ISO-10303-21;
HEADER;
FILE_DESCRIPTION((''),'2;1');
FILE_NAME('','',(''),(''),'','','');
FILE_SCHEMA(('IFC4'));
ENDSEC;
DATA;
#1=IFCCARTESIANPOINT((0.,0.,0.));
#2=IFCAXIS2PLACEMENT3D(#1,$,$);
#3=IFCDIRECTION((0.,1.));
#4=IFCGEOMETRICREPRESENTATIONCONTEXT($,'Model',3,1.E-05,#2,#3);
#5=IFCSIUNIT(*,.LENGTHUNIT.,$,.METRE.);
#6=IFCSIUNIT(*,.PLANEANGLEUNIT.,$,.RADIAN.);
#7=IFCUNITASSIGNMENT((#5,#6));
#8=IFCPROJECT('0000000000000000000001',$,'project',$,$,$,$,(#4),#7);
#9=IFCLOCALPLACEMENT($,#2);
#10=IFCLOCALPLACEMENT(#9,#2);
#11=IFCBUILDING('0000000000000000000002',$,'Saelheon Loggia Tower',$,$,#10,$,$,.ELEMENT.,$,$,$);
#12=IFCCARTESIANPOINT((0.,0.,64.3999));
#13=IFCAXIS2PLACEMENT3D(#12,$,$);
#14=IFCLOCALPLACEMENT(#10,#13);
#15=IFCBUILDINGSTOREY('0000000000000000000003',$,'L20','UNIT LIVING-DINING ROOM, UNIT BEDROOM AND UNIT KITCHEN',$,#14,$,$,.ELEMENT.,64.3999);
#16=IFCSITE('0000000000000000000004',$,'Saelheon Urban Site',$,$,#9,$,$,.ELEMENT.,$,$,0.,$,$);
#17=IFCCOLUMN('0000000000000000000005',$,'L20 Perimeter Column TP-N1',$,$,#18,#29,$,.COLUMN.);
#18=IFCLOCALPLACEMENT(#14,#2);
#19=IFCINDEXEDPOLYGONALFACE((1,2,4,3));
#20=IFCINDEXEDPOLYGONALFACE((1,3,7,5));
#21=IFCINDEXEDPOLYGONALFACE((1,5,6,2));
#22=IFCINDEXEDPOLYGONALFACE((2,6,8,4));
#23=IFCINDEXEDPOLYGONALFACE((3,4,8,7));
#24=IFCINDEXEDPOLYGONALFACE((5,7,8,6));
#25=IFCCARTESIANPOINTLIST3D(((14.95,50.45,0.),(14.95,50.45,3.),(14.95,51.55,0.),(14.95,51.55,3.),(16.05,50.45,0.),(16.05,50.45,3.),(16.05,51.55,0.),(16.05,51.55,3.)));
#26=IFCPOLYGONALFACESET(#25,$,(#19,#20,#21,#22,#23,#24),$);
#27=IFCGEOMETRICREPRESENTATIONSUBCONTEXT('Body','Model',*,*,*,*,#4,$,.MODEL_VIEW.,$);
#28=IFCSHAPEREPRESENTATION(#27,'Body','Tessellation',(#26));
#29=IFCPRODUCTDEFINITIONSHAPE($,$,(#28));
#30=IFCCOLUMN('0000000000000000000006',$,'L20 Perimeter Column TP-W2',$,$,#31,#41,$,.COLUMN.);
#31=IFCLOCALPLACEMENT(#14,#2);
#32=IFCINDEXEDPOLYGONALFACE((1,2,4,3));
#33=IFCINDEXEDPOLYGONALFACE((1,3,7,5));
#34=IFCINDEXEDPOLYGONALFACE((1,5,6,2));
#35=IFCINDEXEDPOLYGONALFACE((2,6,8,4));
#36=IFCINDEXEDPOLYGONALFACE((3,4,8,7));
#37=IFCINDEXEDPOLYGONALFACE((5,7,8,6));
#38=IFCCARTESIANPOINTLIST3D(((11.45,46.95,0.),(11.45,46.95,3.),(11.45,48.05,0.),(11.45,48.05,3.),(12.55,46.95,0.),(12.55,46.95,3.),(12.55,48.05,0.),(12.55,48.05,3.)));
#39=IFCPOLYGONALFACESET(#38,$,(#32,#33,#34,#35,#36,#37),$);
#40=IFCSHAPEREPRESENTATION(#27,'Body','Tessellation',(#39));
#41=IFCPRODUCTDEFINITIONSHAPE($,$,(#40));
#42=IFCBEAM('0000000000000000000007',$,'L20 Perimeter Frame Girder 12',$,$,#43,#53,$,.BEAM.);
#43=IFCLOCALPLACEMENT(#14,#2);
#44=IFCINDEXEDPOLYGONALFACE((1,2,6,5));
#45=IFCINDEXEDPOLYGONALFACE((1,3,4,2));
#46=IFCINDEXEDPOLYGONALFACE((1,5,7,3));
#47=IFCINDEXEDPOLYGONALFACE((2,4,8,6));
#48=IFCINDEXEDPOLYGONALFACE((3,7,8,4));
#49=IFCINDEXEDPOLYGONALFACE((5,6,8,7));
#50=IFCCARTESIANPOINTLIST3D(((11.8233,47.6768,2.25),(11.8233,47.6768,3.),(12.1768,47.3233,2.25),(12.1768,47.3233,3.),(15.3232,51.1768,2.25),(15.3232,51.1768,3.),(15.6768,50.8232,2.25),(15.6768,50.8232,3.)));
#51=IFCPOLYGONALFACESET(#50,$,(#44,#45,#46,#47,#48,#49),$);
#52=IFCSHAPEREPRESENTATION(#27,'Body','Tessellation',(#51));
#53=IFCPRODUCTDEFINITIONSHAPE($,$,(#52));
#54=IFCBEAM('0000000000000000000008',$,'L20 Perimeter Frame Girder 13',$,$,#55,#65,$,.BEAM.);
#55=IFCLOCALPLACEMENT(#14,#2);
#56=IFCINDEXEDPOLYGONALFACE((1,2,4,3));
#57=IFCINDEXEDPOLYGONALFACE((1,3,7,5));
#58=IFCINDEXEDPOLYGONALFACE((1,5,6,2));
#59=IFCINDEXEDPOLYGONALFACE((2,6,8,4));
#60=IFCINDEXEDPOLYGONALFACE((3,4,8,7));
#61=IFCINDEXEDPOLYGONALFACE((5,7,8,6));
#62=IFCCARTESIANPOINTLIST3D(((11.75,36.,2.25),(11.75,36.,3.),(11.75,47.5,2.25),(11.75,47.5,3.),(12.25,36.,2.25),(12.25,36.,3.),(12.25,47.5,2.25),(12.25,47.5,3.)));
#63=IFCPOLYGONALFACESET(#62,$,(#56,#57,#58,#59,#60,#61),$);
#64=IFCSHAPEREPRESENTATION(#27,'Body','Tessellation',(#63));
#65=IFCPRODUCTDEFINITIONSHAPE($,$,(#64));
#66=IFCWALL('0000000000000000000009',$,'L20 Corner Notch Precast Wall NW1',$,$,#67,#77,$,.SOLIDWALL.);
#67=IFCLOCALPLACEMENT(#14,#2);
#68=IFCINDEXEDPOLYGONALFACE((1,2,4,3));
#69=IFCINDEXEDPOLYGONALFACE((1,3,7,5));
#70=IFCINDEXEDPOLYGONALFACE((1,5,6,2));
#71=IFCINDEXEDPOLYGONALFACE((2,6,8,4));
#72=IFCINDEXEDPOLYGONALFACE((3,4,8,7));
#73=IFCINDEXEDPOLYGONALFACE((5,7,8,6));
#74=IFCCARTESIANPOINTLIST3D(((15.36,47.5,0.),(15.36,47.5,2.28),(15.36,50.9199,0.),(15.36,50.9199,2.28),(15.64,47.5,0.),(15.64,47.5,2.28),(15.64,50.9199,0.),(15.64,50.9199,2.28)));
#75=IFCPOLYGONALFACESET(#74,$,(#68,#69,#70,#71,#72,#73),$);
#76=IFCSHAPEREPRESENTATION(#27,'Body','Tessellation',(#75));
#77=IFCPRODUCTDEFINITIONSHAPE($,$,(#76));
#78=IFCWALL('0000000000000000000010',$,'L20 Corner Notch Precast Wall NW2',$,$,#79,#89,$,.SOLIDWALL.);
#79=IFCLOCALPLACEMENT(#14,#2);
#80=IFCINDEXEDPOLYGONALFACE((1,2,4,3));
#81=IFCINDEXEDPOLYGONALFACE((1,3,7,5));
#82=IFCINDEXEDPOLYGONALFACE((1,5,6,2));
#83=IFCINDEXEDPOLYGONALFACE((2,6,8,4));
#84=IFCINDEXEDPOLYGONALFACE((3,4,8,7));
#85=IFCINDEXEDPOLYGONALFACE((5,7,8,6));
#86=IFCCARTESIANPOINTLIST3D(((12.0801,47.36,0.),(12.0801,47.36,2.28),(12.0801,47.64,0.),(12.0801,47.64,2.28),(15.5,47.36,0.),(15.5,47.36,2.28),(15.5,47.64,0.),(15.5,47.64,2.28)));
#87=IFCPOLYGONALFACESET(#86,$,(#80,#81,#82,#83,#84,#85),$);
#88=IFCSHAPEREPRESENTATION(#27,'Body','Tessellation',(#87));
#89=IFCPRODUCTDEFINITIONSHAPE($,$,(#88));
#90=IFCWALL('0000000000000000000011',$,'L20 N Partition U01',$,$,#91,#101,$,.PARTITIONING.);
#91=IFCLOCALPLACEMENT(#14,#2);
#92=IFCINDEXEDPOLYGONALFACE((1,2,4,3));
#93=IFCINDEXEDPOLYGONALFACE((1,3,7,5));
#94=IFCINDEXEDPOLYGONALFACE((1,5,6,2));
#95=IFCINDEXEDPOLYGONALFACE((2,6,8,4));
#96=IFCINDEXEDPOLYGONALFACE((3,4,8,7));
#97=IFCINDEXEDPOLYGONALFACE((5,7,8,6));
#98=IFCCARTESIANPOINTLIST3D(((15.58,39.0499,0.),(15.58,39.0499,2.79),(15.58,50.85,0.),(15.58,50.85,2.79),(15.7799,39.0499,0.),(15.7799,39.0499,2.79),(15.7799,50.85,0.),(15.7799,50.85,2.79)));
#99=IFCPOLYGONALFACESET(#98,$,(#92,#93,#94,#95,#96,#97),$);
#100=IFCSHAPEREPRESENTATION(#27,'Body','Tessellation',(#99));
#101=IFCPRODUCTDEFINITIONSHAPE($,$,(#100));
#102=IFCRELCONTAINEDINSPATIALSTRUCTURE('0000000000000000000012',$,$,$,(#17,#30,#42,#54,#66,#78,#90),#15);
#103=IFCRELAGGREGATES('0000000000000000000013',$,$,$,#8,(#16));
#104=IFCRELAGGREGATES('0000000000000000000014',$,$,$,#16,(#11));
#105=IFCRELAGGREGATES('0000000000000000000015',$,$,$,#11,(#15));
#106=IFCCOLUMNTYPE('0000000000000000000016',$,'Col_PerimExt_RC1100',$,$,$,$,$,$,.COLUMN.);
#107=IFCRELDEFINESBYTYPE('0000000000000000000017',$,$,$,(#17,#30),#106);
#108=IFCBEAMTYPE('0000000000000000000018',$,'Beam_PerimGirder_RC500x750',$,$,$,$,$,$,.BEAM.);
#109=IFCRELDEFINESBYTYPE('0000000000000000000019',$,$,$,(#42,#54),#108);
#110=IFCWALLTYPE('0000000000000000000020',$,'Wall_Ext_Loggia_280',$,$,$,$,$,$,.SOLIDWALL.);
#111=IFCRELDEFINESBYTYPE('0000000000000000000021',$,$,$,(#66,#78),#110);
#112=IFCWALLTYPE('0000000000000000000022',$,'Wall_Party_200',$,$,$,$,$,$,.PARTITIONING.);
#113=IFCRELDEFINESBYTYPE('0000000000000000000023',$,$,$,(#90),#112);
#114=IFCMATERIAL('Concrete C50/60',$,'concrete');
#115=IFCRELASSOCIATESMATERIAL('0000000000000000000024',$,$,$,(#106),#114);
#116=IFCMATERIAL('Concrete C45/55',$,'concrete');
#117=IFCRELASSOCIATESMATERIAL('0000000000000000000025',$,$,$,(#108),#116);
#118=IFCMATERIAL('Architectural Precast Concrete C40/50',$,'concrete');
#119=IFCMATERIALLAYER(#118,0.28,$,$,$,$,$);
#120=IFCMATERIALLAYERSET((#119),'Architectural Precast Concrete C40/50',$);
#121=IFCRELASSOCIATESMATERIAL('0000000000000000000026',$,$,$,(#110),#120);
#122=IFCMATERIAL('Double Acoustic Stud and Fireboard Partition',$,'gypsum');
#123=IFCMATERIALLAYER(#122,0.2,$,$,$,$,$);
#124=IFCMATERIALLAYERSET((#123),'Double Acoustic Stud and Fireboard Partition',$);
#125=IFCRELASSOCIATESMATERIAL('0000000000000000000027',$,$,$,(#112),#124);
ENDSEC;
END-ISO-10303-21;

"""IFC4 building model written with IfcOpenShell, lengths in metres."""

from ifc_helpers import new_model, si_unit, direction, frame, frame_2d, origin, origin_2d, place, context, subcontext, project, spatial, rectangle, extrude, source, transform, mapped, material, layer, layer_set, material_profile, profile_set, type_object, element, save


model = new_model("IFC4")

# Units and contexts
model_context = context("Model", 3, precision=1e-05, world=origin(), true_north=direction((0.0, 1.0)))
body_context = subcontext(model_context, "Body", "Model", "MODEL_VIEW")
ifc_project = project(units=[si_unit("LENGTHUNIT", "METRE"), si_unit("PLANEANGLEUNIT", "RADIAN")], contexts=[model_context])

# Site, building, storey
site_placement = place(None, origin())
site = spatial("IfcSite", under=ifc_project, at=site_placement, Name="Saelheon Urban Site", CompositionType="ELEMENT", RefElevation=0.0)
building_placement = place(site_placement, origin())
building = spatial("IfcBuilding", under=site, at=building_placement, Name="Saelheon Loggia Tower", CompositionType="ELEMENT")
storey_placement = place(building_placement, frame((0.0, 0.0, 64.3999)))
storey = spatial("IfcBuildingStorey", under=building, at=storey_placement, Name="L20", Description="UNIT LIVING-DINING ROOM, UNIT BEDROOM AND UNIT KITCHEN", CompositionType="ELEMENT", Elevation=64.3999)

# Columns
ifc_material_1 = material(Name="Concrete C50/60", Category="concrete")
ifc_material_profile_1 = material_profile(ifc_material_1, rectangle(XDim=1.1001, YDim=1.1001, at=origin_2d()), Name="RC-1100x1100")
ifc_profile_set_1 = profile_set([ifc_material_profile_1], Name="Concrete C50/60")
column_type = type_object("IfcColumnType", Name="Col_PerimExt_RC1100", PredefinedType="COLUMN", material=ifc_profile_set_1)
shared_shape_1 = source(origin(), body_context, "Body", "SweptSolid", [
    extrude(rectangle(XDim=1.1001, YDim=1.1001, at=origin_2d()), origin(), (0.0, 0.0, 1.0), 3.0),
])
for number, where, z_axis, x_axis, name in (
    (1, (15.5, 51.0, 0.0), (0.0, 0.0, 1.0), (1.0, 0.0, 0.0), "L20 Perimeter Column TP-N1"),
    (2, (12.0, 47.5, 0.0), (0.0, 0.0, 1.0), (1.0, 0.0, 0.0), "L20 Perimeter Column TP-W2"),
):
    element("IfcColumn", number, at=place(storey_placement, frame(where, z_axis=z_axis, x_axis=x_axis)), inside=storey, type_object=column_type, Name=name, PredefinedType="COLUMN", context=body_context, shape_type="MappedRepresentation", body=[
        mapped(shared_shape_1, transform((0.0, 0.0, 0.0), scale=1.0)),
    ])

# Beams
ifc_material_2 = material(Name="Concrete C45/55", Category="concrete")
ifc_material_profile_2 = material_profile(ifc_material_2, rectangle(XDim=0.5, YDim=0.75, at=origin_2d()), Name="RC-500x750")
ifc_profile_set_2 = profile_set([ifc_material_profile_2], Name="Concrete C45/55")
beam_type = type_object("IfcBeamType", Name="Beam_PerimGirder_RC500x750", PredefinedType="BEAM", material=ifc_profile_set_2)
shared_shape_2 = source(origin(), body_context, "Body", "SweptSolid", [
    extrude(rectangle(XDim=0.5, YDim=0.75, at=origin_2d()), origin(), (0.0, 0.0, 1.0), 4.9497),
])
beam_1_placement = place(storey_placement, frame((15.5, 51.0, 2.625), z_axis=(-0.707107, -0.707107, 0.0), x_axis=(0.707107, -0.707107, 0.0)))
element("IfcBeam", 3, at=beam_1_placement, inside=storey, type_object=beam_type, Name="L20 Perimeter Frame Girder 12", PredefinedType="BEAM", context=body_context, shape_type="MappedRepresentation", body=[
    mapped(shared_shape_2, transform((0.0, 0.0, 0.0), scale=1.0)),
])
shared_shape_3 = source(origin(), body_context, "Body", "SweptSolid", [
    extrude(rectangle(XDim=0.5, YDim=0.75, at=origin_2d()), origin(), (0.0, 0.0, 1.0), 11.5),
])
beam_2_placement = place(storey_placement, frame((12.0, 47.5, 2.625), z_axis=(0.0, -1.0, 0.0), x_axis=(1.0, 0.0, 0.0)))
element("IfcBeam", 4, at=beam_2_placement, inside=storey, type_object=beam_type, Name="L20 Perimeter Frame Girder 13", PredefinedType="BEAM", context=body_context, shape_type="MappedRepresentation", body=[
    mapped(shared_shape_3, transform((0.0, 0.0, 0.0), scale=1.0)),
])

# Shared definitions
ifc_material_3 = material(Name="Architectural Precast Concrete C40/50", Category="concrete")
ifc_layer_1 = layer(ifc_material_3, 0.28)
ifc_layer_set_1 = layer_set([ifc_layer_1], Name="Architectural Precast Concrete C40/50")
wall_type_1 = type_object("IfcWallType", Name="Wall_Ext_Loggia_280", PredefinedType="SOLIDWALL", material=ifc_layer_set_1)

# Walls
for number, where, z_axis, x_axis, name in (
    (5, (15.5, 47.5, 0.0), (0.0, 0.0, 1.0), (0.0, 1.0, 0.0), "L20 Corner Notch Precast Wall NW1"),
    (6, (12.0801, 47.5, 0.0), (0.0, 0.0, 1.0), (1.0, 0.0, 0.0), "L20 Corner Notch Precast Wall NW2"),
):
    element("IfcWall", number, at=place(storey_placement, frame(where, z_axis=z_axis, x_axis=x_axis)), inside=storey, type_object=wall_type_1, Name=name, PredefinedType="SOLIDWALL", context=body_context, shape_type="SweptSolid", body=[
        extrude(rectangle(XDim=3.4199, YDim=0.28, at=frame_2d((1.71, 0.0))), origin(), (0.0, 0.0, 1.0), 2.28),
    ])
ifc_material_4 = material(Name="Double Acoustic Stud and Fireboard Partition", Category="gypsum")
ifc_layer_2 = layer(ifc_material_4, 0.2)
ifc_layer_set_2 = layer_set([ifc_layer_2], Name="Double Acoustic Stud and Fireboard Partition")
wall_type_2 = type_object("IfcWallType", Name="Wall_Party_200", PredefinedType="PARTITIONING", material=ifc_layer_set_2)
wall_1_placement = place(storey_placement, frame((15.6799, 39.05, 0.0), z_axis=(0.0, 0.0, 1.0), x_axis=(0.0, 1.0, 0.0)))
element("IfcWall", 7, at=wall_1_placement, inside=storey, type_object=wall_type_2, Name="L20 N Partition U01", PredefinedType="PARTITIONING", context=body_context, shape_type="SweptSolid", body=[
    extrude(rectangle(XDim=11.8, YDim=0.2, at=frame_2d((5.8999, 0.0))), origin(), (0.0, 0.0, 1.0), 2.79),
])

save(model, "model.ifc")
